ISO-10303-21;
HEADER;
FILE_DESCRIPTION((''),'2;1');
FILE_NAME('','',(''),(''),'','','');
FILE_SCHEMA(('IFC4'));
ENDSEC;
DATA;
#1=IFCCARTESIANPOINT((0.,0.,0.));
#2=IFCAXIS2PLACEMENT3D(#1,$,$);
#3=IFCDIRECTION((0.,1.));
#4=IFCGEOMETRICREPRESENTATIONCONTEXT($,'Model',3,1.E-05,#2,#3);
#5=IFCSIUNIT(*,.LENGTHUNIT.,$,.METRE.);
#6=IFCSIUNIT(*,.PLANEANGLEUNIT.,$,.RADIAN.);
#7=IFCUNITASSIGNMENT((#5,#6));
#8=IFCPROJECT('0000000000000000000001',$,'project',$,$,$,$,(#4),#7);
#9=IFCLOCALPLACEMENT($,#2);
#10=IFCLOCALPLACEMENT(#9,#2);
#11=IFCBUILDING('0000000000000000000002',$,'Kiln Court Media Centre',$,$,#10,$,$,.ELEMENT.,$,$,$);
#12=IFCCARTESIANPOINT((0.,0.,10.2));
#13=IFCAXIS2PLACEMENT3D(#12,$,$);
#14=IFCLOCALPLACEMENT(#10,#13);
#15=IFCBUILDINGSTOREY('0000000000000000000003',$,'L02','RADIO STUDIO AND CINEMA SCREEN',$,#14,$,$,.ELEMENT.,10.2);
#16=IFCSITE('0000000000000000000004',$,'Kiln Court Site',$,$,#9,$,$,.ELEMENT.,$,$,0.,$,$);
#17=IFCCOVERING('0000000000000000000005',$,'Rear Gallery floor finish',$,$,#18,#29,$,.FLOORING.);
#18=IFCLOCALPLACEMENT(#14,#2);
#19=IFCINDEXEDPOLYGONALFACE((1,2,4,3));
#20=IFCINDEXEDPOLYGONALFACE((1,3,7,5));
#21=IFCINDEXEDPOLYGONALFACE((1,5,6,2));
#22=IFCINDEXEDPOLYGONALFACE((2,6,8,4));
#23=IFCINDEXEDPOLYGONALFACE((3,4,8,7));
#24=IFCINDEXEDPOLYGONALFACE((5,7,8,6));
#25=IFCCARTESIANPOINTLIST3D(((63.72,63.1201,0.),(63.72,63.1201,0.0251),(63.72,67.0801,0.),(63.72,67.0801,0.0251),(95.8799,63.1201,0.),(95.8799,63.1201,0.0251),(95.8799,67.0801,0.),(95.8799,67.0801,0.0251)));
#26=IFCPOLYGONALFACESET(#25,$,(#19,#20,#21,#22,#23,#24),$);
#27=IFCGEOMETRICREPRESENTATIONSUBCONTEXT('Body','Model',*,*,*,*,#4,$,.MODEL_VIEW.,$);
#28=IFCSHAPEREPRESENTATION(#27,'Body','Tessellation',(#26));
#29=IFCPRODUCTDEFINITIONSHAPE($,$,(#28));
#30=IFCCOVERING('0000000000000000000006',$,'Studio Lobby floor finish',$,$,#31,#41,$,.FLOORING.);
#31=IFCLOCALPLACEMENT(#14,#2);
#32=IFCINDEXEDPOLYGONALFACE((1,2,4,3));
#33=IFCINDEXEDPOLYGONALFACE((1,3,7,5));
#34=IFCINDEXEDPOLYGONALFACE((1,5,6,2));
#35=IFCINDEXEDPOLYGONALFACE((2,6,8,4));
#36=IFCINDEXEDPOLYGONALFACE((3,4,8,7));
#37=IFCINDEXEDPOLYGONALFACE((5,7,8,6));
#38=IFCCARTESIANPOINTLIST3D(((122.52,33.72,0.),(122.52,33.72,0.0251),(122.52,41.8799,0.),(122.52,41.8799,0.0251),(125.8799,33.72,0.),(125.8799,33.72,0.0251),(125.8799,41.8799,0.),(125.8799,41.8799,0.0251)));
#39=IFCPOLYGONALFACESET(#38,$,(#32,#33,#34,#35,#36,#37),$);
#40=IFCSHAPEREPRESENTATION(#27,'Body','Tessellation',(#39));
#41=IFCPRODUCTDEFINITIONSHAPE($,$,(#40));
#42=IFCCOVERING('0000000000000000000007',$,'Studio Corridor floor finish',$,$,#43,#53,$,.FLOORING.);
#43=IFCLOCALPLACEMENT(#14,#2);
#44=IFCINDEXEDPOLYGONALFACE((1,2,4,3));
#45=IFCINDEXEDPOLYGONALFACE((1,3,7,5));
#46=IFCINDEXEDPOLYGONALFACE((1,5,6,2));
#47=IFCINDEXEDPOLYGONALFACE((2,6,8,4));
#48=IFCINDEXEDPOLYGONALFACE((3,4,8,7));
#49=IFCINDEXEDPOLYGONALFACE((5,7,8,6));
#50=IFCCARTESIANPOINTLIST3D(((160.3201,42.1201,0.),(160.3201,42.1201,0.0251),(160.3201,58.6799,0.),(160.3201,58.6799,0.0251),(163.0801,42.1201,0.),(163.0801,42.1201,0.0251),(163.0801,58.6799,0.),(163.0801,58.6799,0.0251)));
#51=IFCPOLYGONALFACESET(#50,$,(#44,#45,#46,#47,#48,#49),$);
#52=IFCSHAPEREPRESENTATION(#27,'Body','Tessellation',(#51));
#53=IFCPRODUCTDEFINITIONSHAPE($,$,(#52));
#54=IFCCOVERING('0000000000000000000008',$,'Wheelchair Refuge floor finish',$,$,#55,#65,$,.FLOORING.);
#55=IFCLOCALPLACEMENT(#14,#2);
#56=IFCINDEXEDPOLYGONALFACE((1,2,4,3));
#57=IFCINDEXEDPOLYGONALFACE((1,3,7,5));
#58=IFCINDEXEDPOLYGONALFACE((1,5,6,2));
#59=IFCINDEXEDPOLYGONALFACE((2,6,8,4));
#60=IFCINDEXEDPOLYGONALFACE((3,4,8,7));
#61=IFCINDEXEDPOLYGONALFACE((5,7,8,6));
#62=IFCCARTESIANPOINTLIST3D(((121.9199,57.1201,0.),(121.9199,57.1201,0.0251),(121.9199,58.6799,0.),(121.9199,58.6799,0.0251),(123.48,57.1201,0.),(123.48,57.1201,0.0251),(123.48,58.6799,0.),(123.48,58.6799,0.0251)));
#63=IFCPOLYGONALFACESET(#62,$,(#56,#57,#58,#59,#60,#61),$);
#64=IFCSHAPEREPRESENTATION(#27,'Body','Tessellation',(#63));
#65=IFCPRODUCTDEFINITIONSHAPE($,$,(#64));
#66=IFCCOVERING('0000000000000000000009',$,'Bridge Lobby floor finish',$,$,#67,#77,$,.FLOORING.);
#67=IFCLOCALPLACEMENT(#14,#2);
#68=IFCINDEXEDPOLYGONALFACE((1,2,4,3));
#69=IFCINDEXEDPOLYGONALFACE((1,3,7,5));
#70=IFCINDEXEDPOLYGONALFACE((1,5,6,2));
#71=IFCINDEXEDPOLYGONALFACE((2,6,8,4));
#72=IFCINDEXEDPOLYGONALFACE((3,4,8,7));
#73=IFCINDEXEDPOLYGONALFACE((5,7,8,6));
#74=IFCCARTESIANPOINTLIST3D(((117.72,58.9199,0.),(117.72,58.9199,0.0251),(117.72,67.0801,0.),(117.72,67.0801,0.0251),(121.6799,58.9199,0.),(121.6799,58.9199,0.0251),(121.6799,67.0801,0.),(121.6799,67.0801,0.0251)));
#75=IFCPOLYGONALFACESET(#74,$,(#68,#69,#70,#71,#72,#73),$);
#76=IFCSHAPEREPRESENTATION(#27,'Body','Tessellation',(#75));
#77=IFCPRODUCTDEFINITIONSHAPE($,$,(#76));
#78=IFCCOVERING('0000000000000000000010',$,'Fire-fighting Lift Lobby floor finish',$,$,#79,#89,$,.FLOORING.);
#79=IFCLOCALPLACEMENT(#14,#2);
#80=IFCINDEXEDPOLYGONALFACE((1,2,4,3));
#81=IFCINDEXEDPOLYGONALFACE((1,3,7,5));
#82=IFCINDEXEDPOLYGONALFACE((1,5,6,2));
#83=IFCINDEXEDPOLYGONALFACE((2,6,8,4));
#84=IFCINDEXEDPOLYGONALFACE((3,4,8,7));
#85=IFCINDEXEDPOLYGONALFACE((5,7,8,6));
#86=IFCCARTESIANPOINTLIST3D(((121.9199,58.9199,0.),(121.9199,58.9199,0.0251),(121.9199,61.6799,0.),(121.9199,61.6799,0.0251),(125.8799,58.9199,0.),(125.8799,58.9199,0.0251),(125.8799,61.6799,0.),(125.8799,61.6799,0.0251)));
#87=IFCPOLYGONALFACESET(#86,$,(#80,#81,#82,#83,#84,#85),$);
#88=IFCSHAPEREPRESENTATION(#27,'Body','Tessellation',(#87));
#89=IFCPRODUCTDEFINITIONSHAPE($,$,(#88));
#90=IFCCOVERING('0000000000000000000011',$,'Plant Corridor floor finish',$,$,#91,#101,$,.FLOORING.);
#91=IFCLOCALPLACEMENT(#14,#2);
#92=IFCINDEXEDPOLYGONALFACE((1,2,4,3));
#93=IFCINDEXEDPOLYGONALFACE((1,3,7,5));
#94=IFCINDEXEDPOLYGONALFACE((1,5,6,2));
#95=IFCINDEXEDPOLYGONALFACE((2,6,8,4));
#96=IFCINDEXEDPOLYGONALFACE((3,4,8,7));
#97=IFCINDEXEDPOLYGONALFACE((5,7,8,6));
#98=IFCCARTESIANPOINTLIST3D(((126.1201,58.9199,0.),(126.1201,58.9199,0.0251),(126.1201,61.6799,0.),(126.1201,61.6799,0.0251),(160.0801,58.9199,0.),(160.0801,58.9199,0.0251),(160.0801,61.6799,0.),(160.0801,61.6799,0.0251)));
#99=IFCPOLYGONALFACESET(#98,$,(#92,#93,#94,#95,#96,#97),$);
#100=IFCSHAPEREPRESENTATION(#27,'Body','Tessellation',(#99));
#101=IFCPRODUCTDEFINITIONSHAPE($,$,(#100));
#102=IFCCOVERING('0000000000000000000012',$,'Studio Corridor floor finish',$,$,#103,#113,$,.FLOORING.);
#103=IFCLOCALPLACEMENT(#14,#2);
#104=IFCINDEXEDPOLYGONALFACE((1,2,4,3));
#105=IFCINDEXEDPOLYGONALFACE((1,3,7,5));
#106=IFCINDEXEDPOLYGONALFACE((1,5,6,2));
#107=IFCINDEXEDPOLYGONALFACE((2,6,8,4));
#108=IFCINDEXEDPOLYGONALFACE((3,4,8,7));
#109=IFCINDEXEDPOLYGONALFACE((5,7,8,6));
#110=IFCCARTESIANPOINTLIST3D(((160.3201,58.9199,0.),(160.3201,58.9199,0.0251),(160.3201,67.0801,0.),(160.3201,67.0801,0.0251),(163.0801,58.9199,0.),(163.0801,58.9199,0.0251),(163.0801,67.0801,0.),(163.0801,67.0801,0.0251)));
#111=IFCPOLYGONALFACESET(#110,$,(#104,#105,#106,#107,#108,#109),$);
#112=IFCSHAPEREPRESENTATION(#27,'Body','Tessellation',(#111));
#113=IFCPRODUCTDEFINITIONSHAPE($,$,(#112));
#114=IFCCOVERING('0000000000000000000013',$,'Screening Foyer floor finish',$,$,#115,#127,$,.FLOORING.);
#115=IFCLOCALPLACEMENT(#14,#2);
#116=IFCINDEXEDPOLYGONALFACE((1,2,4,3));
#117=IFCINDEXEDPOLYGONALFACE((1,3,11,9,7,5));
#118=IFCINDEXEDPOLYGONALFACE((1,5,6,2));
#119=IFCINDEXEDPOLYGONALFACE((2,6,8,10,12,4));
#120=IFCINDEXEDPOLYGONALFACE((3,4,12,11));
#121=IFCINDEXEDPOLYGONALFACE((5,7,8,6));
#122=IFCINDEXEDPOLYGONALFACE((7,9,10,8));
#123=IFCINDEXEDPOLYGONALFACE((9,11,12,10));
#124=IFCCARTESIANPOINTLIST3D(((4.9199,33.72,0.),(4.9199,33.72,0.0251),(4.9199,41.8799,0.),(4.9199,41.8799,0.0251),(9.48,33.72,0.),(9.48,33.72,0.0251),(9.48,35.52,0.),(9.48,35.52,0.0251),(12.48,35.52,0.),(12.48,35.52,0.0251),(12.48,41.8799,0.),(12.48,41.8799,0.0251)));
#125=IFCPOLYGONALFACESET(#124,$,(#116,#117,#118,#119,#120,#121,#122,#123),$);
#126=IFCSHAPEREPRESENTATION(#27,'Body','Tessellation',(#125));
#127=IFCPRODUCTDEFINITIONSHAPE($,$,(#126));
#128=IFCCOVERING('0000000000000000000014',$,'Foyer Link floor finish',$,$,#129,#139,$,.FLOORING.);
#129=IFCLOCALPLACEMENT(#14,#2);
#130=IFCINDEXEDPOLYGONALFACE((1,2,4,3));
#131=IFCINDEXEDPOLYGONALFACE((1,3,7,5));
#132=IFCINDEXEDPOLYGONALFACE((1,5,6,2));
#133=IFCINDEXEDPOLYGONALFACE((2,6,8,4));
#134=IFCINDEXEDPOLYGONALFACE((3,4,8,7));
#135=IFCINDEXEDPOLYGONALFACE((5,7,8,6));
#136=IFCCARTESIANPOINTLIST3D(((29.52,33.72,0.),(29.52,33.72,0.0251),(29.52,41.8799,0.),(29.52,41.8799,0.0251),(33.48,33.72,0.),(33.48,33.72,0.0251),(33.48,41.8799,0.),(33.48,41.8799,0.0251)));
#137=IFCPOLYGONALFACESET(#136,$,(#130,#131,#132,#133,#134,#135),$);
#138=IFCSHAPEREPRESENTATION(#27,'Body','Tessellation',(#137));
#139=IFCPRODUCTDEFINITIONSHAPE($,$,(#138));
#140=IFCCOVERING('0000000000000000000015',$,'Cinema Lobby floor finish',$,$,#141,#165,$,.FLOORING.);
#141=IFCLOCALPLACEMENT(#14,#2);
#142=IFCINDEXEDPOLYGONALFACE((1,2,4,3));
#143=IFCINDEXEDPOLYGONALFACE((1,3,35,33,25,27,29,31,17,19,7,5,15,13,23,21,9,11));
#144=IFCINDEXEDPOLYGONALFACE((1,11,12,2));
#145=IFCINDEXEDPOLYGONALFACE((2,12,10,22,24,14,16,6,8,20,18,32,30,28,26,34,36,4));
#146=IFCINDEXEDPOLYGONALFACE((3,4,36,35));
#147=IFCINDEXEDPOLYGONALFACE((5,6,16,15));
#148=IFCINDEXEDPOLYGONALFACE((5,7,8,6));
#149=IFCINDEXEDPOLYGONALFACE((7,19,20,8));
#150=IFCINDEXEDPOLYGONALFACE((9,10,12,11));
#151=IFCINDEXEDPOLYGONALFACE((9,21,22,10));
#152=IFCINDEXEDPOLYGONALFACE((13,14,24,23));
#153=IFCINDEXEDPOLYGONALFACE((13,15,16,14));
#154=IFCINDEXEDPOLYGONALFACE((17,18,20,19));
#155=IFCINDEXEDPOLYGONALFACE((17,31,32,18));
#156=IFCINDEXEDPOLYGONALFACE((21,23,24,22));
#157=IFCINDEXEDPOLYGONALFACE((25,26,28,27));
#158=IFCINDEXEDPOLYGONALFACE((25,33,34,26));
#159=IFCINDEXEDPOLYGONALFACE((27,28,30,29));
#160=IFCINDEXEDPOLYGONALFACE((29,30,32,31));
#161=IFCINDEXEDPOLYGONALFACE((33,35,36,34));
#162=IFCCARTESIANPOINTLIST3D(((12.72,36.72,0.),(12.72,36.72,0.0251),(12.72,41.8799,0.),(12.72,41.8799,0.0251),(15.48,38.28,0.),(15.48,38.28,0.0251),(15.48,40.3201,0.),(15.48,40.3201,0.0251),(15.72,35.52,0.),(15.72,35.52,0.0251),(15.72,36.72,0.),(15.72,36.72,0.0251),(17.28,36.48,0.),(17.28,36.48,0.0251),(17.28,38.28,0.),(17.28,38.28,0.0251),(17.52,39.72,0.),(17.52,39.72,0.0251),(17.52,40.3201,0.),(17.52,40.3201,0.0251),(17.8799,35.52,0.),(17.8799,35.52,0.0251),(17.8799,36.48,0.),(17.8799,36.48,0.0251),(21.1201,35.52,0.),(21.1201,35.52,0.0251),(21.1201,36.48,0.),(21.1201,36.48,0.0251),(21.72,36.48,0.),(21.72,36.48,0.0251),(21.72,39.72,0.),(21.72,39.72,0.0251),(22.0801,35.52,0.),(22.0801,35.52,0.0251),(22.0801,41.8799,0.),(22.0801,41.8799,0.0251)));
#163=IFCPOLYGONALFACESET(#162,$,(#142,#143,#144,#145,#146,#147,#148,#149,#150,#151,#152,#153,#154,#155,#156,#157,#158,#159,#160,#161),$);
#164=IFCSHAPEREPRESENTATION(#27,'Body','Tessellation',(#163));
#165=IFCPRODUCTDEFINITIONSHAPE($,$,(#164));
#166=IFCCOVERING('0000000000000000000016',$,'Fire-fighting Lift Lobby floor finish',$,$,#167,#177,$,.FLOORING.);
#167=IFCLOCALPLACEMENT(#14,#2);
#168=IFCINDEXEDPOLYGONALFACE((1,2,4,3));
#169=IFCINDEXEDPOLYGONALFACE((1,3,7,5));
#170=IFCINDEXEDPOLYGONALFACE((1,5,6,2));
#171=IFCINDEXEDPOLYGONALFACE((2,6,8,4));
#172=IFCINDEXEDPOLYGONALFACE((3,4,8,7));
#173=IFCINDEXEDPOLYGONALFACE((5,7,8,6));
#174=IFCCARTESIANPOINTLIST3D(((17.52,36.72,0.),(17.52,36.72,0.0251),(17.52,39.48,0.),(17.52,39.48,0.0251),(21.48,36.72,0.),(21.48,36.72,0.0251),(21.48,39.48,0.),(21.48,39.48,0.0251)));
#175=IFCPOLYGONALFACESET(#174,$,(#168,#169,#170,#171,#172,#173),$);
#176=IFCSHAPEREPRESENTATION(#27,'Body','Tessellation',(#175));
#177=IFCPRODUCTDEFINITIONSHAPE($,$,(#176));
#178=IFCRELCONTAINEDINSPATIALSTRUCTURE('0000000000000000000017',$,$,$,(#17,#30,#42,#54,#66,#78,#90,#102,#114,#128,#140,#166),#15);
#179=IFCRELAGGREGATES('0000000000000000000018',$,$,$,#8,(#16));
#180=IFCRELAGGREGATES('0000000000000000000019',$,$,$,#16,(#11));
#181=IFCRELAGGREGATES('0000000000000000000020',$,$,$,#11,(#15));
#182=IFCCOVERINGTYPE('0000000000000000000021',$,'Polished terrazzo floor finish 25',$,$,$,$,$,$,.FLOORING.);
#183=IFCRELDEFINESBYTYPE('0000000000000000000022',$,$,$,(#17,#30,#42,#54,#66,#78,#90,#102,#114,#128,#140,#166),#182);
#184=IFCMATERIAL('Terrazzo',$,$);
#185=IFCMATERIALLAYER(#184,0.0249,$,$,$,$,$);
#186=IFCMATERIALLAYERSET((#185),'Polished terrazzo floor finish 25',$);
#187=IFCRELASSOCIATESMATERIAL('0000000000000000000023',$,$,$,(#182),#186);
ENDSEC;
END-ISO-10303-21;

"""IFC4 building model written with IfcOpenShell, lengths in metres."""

from ifc_helpers import new_model, si_unit, direction, frame, origin, place, context, subcontext, project, spatial, polyline, outline, extrude, material, layer, layer_set, type_object, element, save


model = new_model("IFC4")

# Units and contexts
model_context = context("Model", 3, precision=1e-05, world=origin(), true_north=direction((0.0, 1.0)))
body_context = subcontext(model_context, "Body", "Model", "MODEL_VIEW")
ifc_project = project(units=[si_unit("LENGTHUNIT", "METRE"), si_unit("PLANEANGLEUNIT", "RADIAN")], contexts=[model_context])

# Site, building, storey
site_placement = place(None, origin())
site = spatial("IfcSite", under=ifc_project, at=site_placement, Name="Kiln Court Site", CompositionType="ELEMENT", RefElevation=0.0)
building_placement = place(site_placement, origin())
building = spatial("IfcBuilding", under=site, at=building_placement, Name="Kiln Court Media Centre", CompositionType="ELEMENT")
storey_placement = place(building_placement, frame((0.0, 0.0, 10.2)))
storey = spatial("IfcBuildingStorey", under=building, at=storey_placement, Name="L02", Description="RADIO STUDIO AND CINEMA SCREEN", CompositionType="ELEMENT", Elevation=10.2)

# Coverings
ifc_material_1 = material(Name="Terrazzo")
ifc_layer_1 = layer(ifc_material_1, 0.0249)
ifc_layer_set_1 = layer_set([ifc_layer_1], Name="Polished terrazzo floor finish 25")
covering_type = type_object("IfcCoveringType", Name="Polished terrazzo floor finish 25", PredefinedType="FLOORING", material=ifc_layer_set_1)
covering_1_placement = place(storey_placement, origin())
element("IfcCovering", 1, at=covering_1_placement, inside=storey, type_object=covering_type, Name="Rear Gallery floor finish", PredefinedType="FLOORING", context=body_context, shape_type="SweptSolid", body=[
    extrude(outline(polyline([(95.8799, 67.0801), (63.72, 67.0801), (63.72, 63.1201), (95.8799, 63.1201), (95.8799, 67.0801)])), origin(), (0.0, 0.0, 1.0), 0.0251),
])
covering_2_placement = place(storey_placement, origin())
element("IfcCovering", 2, at=covering_2_placement, inside=storey, type_object=covering_type, Name="Studio Lobby floor finish", PredefinedType="FLOORING", context=body_context, shape_type="SweptSolid", body=[
    extrude(outline(polyline([(125.8799, 41.8799), (122.52, 41.8799), (122.52, 33.72), (125.8799, 33.72), (125.8799, 41.8799)])), origin(), (0.0, 0.0, 1.0), 0.0251),
])
covering_3_placement = place(storey_placement, origin())
element("IfcCovering", 3, at=covering_3_placement, inside=storey, type_object=covering_type, Name="Studio Corridor floor finish", PredefinedType="FLOORING", context=body_context, shape_type="SweptSolid", body=[
    extrude(outline(polyline([(160.3201, 42.1201), (163.0801, 42.1201), (163.0801, 58.6799), (160.3201, 58.6799), (160.3201, 42.1201)])), origin(), (0.0, 0.0, 1.0), 0.0251),
])
covering_4_placement = place(storey_placement, origin())
element("IfcCovering", 4, at=covering_4_placement, inside=storey, type_object=covering_type, Name="Wheelchair Refuge floor finish", PredefinedType="FLOORING", context=body_context, shape_type="SweptSolid", body=[
    extrude(outline(polyline([(121.9199, 57.1201), (123.48, 57.1201), (123.48, 58.6799), (121.9199, 58.6799), (121.9199, 57.1201)])), origin(), (0.0, 0.0, 1.0), 0.0251),
])
covering_5_placement = place(storey_placement, origin())
element("IfcCovering", 5, at=covering_5_placement, inside=storey, type_object=covering_type, Name="Bridge Lobby floor finish", PredefinedType="FLOORING", context=body_context, shape_type="SweptSolid", body=[
    extrude(outline(polyline([(117.72, 58.9199), (121.6799, 58.9199), (121.6799, 67.0801), (117.72, 67.0801), (117.72, 58.9199)])), origin(), (0.0, 0.0, 1.0), 0.0251),
])
covering_6_placement = place(storey_placement, origin())
element("IfcCovering", 6, at=covering_6_placement, inside=storey, type_object=covering_type, Name="Fire-fighting Lift Lobby floor finish", PredefinedType="FLOORING", context=body_context, shape_type="SweptSolid", body=[
    extrude(outline(polyline([(121.9199, 58.9199), (125.8799, 58.9199), (125.8799, 61.6799), (121.9199, 61.6799), (121.9199, 58.9199)])), origin(), (0.0, 0.0, 1.0), 0.0251),
])
covering_7_placement = place(storey_placement, origin())
element("IfcCovering", 7, at=covering_7_placement, inside=storey, type_object=covering_type, Name="Plant Corridor floor finish", PredefinedType="FLOORING", context=body_context, shape_type="SweptSolid", body=[
    extrude(outline(polyline([(126.1201, 58.9199), (160.0801, 58.9199), (160.0801, 61.6799), (126.1201, 61.6799), (126.1201, 58.9199)])), origin(), (0.0, 0.0, 1.0), 0.0251),
])
covering_8_placement = place(storey_placement, origin())
element("IfcCovering", 8, at=covering_8_placement, inside=storey, type_object=covering_type, Name="Studio Corridor floor finish", PredefinedType="FLOORING", context=body_context, shape_type="SweptSolid", body=[
    extrude(outline(polyline([(160.3201, 58.9199), (163.0801, 58.9199), (163.0801, 67.0801), (160.3201, 67.0801), (160.3201, 58.9199)])), origin(), (0.0, 0.0, 1.0), 0.0251),
])
covering_9_placement = place(storey_placement, origin())
element("IfcCovering", 9, at=covering_9_placement, inside=storey, type_object=covering_type, Name="Screening Foyer floor finish", PredefinedType="FLOORING", context=body_context, shape_type="SweptSolid", body=[
    extrude(outline(polyline([(12.48, 41.8799), (4.9199, 41.8799), (4.9199, 33.72), (9.48, 33.72), (9.48, 35.52), (12.48, 35.52), (12.48, 41.8799)])), origin(), (0.0, 0.0, 1.0), 0.0251),
])
covering_10_placement = place(storey_placement, origin())
element("IfcCovering", 10, at=covering_10_placement, inside=storey, type_object=covering_type, Name="Foyer Link floor finish", PredefinedType="FLOORING", context=body_context, shape_type="SweptSolid", body=[
    extrude(outline(polyline([(29.52, 33.72), (33.48, 33.72), (33.48, 41.8799), (29.52, 41.8799), (29.52, 33.72)])), origin(), (0.0, 0.0, 1.0), 0.0251),
])
covering_11_placement = place(storey_placement, origin())
element("IfcCovering", 11, at=covering_11_placement, inside=storey, type_object=covering_type, Name="Cinema Lobby floor finish", PredefinedType="FLOORING", context=body_context, shape_type="SweptSolid", body=[
    extrude(outline(polyline([(17.28, 36.48), (17.28, 38.28), (15.48, 38.28), (15.48, 40.3201), (17.52, 40.3201), (17.52, 39.72), (21.72, 39.72), (21.72, 36.48), (21.1201, 36.48), (21.1201, 35.52), (22.0801, 35.52), (22.0801, 41.8799), (12.72, 41.8799), (12.72, 36.72), (15.72, 36.72), (15.72, 35.52), (17.8799, 35.52), (17.8799, 36.48), (17.28, 36.48)])), origin(), (0.0, 0.0, 1.0), 0.0251),
])
covering_12_placement = place(storey_placement, origin())
element("IfcCovering", 12, at=covering_12_placement, inside=storey, type_object=covering_type, Name="Fire-fighting Lift Lobby floor finish", PredefinedType="FLOORING", context=body_context, shape_type="SweptSolid", body=[
    extrude(outline(polyline([(17.52, 36.72), (21.48, 36.72), (21.48, 39.48), (17.52, 39.48), (17.52, 36.72)])), origin(), (0.0, 0.0, 1.0), 0.0251),
])

save(model, "model.ifc")
